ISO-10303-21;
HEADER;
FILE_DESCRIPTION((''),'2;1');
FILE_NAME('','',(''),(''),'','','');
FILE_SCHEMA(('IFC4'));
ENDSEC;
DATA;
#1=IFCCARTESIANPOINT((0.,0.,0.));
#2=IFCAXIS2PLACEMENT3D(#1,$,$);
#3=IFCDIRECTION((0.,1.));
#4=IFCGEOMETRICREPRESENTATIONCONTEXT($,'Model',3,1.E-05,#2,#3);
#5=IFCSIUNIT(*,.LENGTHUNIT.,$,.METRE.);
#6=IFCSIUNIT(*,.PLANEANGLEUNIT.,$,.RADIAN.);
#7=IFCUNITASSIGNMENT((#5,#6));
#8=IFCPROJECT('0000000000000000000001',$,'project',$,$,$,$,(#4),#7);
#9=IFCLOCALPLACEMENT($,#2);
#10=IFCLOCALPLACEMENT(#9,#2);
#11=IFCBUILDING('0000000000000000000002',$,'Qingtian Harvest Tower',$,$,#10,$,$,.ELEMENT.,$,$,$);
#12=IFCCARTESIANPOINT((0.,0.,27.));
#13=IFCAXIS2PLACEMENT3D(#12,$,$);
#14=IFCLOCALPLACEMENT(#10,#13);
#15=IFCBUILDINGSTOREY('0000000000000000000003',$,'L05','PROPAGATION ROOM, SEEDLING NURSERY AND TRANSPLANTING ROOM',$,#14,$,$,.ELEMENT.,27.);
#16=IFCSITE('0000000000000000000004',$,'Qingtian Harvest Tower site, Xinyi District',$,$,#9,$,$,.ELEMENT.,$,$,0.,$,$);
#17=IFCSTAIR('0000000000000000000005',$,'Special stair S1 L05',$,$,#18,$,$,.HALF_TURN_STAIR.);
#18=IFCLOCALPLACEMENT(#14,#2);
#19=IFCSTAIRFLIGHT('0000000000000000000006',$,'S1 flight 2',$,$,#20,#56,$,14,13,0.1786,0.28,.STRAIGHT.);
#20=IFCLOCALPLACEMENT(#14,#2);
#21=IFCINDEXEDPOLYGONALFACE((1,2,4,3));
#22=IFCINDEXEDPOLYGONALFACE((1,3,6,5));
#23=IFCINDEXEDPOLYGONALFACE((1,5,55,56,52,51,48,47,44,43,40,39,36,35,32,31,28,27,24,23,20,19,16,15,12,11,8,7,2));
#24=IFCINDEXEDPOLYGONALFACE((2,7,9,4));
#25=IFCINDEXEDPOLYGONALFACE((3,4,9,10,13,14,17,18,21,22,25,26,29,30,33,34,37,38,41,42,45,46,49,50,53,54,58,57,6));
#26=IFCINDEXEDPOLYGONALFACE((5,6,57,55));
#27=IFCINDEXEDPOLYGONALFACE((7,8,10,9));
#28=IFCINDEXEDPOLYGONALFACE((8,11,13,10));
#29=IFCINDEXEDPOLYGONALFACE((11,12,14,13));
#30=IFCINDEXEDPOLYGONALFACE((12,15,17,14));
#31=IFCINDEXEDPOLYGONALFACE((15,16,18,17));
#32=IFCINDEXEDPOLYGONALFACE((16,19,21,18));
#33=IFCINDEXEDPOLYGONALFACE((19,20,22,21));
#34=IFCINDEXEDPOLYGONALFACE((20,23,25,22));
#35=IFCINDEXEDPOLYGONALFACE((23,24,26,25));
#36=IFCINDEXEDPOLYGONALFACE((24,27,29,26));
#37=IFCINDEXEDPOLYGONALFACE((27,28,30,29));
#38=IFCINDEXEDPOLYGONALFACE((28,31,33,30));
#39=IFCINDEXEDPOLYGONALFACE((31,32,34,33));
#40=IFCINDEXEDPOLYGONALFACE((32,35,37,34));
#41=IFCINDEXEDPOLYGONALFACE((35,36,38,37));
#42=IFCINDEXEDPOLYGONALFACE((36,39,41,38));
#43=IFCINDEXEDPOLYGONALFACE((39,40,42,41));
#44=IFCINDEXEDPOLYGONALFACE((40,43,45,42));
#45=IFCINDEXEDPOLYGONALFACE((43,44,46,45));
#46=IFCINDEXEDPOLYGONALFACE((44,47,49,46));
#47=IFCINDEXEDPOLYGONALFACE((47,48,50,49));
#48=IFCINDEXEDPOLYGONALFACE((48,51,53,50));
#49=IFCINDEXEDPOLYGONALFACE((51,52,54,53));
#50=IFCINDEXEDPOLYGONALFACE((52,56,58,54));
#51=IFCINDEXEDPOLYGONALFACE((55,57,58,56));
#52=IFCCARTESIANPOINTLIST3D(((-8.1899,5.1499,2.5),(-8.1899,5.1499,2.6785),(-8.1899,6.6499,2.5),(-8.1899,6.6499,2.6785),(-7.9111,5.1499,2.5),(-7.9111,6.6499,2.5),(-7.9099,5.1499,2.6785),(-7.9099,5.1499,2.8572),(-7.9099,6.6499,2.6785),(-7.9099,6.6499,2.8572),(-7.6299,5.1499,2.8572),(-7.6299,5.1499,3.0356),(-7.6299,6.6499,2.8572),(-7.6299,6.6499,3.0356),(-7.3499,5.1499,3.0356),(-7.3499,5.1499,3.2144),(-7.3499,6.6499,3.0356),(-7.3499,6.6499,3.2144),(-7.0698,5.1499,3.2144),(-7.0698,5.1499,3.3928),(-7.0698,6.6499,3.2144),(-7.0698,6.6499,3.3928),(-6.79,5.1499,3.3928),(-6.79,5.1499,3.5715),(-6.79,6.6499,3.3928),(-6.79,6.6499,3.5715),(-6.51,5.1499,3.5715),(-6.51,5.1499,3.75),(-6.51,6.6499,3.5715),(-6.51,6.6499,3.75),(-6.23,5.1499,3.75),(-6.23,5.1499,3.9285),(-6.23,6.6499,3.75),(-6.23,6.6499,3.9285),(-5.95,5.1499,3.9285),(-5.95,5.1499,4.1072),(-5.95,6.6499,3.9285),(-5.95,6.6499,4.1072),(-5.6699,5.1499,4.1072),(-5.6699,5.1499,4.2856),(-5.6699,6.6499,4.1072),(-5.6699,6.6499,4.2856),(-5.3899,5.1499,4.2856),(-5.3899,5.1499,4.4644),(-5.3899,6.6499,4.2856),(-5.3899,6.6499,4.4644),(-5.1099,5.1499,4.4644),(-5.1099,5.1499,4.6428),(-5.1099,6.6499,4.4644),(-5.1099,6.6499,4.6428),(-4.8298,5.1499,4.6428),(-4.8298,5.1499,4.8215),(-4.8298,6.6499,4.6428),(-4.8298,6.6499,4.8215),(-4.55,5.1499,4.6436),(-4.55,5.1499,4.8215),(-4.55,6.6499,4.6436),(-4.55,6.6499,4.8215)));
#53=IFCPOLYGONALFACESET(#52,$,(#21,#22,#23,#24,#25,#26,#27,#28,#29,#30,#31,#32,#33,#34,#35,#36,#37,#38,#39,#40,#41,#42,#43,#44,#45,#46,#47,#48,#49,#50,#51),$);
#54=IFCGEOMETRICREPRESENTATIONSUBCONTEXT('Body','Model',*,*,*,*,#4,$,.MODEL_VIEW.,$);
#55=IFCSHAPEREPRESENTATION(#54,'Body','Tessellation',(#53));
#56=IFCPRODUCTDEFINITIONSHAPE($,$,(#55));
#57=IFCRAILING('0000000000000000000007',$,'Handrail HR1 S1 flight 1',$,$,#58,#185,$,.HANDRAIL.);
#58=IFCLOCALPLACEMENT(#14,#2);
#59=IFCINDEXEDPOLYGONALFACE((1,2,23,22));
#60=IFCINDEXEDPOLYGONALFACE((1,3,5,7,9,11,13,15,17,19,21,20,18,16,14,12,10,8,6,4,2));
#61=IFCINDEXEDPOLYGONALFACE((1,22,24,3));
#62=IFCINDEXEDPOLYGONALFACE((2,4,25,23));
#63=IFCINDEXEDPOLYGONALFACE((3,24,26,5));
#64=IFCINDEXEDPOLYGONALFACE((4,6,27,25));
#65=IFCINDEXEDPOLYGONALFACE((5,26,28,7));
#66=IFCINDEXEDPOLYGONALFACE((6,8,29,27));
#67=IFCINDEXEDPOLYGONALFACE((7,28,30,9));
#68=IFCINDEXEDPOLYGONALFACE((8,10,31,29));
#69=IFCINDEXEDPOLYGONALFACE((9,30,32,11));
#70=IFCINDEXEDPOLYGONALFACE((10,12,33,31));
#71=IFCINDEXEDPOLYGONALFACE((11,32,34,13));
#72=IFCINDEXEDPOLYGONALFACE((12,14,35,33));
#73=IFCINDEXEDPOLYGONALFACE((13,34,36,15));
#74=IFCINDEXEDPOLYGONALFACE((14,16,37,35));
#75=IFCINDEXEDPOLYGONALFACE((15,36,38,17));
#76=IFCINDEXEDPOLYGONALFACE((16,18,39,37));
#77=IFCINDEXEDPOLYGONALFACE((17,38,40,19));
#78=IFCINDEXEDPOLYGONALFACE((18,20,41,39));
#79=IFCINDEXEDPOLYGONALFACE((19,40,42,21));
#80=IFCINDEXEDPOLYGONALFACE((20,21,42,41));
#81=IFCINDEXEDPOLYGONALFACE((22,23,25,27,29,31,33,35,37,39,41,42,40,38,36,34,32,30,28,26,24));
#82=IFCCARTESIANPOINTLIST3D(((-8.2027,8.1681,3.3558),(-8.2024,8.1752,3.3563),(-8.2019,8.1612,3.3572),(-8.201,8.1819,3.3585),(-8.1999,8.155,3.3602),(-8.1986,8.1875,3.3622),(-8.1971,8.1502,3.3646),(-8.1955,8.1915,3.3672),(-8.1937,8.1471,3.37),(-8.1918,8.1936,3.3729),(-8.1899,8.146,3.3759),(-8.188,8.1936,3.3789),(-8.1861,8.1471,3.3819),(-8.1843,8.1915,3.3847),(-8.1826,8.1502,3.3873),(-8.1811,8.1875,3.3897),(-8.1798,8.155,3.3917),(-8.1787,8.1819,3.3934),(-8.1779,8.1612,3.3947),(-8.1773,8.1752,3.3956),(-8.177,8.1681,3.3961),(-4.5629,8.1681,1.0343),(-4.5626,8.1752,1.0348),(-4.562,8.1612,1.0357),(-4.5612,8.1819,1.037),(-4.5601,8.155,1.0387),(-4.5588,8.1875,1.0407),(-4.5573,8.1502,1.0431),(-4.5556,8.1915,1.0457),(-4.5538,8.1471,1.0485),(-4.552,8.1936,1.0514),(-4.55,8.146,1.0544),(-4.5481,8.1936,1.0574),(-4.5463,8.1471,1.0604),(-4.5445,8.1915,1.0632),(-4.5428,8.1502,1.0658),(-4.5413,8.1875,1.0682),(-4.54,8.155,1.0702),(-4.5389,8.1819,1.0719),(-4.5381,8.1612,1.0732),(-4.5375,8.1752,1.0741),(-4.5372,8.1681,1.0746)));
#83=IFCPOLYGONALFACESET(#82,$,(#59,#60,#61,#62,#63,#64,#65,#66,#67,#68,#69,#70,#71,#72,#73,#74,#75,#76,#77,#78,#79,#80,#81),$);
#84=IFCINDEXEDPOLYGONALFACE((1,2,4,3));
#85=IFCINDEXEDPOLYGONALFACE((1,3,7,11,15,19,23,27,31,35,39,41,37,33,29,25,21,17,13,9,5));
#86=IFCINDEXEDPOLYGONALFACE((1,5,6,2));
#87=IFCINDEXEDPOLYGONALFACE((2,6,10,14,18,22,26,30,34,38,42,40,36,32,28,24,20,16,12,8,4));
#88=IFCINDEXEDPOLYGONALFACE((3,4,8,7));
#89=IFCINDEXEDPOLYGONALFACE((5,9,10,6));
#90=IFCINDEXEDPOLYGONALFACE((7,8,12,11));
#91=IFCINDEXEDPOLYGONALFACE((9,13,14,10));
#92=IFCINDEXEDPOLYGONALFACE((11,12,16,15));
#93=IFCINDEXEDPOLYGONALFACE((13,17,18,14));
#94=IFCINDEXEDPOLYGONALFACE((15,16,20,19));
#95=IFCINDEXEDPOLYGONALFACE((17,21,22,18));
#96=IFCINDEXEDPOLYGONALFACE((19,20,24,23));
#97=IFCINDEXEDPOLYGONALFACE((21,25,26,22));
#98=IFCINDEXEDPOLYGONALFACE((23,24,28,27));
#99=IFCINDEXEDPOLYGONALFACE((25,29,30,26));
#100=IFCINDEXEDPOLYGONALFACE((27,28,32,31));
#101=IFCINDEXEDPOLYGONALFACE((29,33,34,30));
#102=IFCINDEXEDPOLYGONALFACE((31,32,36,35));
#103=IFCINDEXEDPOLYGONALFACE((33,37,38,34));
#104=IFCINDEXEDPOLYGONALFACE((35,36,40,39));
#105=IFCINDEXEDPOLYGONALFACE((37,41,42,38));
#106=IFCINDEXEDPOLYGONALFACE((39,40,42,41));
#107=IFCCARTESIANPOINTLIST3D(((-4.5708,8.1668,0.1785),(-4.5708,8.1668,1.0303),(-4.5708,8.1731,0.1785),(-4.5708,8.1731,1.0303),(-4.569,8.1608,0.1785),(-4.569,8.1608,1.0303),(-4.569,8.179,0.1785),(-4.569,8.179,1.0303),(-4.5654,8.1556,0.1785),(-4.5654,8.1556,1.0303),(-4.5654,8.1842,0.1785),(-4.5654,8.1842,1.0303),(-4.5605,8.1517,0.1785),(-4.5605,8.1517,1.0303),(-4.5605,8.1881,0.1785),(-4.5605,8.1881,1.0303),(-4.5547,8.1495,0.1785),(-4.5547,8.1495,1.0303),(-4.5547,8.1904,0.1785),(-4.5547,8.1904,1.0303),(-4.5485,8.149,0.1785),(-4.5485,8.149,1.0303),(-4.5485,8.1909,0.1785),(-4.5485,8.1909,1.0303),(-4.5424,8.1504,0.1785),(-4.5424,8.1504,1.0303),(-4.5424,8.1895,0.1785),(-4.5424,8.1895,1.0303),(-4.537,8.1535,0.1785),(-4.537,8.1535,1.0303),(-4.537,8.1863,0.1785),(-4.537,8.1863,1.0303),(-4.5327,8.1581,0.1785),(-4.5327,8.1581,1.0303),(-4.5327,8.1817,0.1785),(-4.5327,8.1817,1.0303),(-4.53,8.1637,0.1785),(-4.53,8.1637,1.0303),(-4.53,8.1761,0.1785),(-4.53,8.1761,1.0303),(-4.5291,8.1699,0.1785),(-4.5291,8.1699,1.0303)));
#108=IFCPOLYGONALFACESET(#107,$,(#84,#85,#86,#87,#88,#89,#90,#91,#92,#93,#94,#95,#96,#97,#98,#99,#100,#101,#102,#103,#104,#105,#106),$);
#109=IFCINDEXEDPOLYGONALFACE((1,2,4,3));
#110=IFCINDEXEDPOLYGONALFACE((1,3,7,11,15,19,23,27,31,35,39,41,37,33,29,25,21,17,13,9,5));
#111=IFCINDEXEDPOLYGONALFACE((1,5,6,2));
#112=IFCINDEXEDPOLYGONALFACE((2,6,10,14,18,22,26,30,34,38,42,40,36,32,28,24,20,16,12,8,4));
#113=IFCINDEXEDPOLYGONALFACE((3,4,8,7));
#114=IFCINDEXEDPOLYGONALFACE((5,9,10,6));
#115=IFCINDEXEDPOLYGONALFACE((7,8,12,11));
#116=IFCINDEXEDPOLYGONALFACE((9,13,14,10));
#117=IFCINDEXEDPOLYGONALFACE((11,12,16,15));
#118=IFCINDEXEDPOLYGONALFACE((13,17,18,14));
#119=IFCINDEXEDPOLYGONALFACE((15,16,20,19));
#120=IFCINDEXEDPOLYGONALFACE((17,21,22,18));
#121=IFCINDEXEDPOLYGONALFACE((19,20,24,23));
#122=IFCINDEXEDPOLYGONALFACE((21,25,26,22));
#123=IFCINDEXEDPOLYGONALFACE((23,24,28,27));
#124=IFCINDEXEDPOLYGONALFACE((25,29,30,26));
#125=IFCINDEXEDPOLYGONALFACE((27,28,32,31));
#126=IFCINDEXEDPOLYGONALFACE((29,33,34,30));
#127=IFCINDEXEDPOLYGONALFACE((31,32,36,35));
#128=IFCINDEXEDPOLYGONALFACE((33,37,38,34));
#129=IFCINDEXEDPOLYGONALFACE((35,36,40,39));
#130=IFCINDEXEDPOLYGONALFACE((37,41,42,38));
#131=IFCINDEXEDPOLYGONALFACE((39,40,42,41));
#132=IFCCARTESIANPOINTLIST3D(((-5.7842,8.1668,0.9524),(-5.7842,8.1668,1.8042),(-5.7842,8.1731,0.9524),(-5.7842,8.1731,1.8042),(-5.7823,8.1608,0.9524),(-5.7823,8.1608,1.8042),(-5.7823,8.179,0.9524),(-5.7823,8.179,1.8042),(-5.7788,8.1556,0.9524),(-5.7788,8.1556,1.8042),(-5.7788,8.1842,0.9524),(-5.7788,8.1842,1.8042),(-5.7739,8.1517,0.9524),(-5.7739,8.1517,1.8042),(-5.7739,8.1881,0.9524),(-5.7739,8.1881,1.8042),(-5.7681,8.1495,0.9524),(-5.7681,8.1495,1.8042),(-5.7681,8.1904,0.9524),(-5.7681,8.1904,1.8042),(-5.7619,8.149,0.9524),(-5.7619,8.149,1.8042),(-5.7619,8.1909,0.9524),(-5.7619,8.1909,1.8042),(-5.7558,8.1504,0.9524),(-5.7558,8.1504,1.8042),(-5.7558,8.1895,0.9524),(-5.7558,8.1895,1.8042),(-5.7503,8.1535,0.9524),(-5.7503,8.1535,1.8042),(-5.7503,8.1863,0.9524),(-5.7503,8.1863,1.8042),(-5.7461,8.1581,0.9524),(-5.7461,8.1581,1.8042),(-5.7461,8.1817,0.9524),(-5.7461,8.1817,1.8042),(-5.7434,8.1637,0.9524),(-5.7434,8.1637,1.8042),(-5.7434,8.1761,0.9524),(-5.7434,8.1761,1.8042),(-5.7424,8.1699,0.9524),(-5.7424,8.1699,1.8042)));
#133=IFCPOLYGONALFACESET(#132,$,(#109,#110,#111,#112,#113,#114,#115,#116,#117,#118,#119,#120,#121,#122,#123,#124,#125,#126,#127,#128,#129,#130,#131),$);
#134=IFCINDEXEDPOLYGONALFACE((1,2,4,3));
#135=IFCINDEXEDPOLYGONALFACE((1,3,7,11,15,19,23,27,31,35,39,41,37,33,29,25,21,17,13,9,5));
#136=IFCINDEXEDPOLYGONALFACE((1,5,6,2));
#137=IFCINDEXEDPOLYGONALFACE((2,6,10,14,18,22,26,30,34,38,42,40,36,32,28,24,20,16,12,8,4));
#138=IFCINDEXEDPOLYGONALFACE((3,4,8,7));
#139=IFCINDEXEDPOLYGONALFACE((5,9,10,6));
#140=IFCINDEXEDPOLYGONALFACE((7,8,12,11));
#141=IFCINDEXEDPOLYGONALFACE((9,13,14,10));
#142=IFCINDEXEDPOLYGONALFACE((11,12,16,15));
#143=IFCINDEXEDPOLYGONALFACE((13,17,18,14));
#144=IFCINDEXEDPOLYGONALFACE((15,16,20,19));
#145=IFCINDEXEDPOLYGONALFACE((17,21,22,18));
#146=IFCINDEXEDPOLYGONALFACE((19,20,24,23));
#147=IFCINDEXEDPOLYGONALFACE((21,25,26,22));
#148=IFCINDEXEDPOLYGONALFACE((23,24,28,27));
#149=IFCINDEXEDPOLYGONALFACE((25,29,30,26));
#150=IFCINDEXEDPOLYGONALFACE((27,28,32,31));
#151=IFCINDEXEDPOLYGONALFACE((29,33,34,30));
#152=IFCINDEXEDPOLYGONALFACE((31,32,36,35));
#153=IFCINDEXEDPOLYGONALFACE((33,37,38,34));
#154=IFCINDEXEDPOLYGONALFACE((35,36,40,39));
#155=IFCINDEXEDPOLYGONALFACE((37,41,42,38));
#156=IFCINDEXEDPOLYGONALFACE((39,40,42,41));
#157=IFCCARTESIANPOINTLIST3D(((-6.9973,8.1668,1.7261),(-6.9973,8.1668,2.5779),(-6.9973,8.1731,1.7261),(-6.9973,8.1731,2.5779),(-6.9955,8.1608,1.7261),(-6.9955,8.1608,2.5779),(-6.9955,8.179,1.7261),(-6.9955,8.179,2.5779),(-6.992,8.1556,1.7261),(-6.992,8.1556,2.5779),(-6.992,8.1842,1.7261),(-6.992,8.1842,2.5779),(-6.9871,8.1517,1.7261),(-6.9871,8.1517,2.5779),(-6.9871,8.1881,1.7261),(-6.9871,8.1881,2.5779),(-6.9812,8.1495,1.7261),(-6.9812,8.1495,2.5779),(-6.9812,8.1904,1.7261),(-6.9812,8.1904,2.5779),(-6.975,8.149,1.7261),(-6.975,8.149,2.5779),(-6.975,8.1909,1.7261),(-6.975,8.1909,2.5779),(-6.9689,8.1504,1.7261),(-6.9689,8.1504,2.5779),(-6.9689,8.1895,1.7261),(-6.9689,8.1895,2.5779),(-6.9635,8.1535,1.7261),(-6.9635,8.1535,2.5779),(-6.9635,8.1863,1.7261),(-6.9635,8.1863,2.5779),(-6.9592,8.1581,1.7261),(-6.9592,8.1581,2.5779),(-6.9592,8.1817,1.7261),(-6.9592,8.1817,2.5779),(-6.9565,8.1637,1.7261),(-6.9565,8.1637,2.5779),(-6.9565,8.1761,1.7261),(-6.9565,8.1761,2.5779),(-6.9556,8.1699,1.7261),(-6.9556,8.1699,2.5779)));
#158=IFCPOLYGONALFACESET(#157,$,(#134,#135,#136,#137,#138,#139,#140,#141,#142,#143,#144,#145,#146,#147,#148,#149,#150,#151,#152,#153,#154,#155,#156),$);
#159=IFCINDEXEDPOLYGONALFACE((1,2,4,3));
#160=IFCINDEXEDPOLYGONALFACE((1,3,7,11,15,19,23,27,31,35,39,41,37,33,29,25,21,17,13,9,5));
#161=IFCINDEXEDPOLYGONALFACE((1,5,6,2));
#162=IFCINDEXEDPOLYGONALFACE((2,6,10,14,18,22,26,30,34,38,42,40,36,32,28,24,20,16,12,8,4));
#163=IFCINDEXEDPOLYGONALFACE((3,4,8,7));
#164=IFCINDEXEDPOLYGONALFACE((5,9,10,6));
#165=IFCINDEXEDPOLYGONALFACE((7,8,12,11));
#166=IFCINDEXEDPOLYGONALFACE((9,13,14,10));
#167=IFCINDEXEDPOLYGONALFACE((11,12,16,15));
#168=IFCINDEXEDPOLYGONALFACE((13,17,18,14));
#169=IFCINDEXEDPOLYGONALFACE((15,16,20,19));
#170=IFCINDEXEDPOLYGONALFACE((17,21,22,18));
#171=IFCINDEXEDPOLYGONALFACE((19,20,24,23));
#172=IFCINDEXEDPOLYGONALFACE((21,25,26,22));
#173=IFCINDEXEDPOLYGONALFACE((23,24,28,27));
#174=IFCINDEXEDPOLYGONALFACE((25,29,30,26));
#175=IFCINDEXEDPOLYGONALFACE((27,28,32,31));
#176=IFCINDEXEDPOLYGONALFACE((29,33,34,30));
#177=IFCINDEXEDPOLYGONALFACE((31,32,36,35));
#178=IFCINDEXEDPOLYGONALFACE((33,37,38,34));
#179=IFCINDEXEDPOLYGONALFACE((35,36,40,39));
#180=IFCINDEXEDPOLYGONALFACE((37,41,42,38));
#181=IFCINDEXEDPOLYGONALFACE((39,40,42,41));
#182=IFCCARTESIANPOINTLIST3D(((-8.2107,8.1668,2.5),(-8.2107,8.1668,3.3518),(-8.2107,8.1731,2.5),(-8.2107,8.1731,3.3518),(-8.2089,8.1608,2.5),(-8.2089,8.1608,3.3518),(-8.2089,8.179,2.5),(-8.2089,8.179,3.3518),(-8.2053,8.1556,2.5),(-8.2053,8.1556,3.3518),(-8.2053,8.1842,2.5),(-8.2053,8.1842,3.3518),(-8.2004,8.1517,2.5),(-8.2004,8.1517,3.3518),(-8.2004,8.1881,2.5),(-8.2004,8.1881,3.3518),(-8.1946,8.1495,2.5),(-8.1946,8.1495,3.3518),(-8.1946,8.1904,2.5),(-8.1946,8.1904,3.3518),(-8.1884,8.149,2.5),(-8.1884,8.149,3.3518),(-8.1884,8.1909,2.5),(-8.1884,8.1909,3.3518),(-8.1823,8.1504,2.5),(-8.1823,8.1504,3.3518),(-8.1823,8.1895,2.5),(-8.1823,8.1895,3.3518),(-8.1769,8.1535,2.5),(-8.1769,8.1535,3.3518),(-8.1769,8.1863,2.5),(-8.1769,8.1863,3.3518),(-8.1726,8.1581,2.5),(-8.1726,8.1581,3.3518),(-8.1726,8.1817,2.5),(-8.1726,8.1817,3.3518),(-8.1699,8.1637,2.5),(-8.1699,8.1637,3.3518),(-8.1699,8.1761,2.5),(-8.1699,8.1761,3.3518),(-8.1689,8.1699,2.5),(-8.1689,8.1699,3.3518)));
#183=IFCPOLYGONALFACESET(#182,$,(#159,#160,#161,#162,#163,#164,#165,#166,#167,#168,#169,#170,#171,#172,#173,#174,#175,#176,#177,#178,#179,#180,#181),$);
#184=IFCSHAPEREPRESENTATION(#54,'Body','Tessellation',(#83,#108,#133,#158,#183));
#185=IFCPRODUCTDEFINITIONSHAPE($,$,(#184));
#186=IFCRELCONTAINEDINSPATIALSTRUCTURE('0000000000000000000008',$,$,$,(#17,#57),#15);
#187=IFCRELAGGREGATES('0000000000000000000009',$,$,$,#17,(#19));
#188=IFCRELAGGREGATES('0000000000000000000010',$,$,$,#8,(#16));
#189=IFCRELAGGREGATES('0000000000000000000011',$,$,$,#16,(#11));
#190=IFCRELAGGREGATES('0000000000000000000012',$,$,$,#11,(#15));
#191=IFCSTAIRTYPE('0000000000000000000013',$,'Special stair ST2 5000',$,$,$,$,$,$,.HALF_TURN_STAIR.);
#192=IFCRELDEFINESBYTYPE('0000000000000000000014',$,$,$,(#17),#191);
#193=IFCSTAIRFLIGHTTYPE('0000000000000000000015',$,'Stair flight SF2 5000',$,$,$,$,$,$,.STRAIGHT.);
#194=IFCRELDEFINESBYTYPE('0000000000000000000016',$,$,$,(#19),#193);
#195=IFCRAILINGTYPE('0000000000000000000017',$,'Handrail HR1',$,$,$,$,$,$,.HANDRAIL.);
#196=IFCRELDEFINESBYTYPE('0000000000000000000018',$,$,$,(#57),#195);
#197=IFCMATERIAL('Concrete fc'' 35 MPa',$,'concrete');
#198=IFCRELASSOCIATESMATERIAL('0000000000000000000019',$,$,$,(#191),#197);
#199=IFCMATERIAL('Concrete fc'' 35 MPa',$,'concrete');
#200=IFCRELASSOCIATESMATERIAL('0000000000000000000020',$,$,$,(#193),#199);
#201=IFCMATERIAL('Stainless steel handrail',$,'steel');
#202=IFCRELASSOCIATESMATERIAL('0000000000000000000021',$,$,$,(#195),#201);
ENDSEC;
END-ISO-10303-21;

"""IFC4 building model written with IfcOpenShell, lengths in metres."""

from ifc_helpers import new_model, si_unit, direction, frame, origin, origin_2d, place, context, subcontext, project, spatial, polyline, circle, outline, extrude, material, type_object, element, aggregate, save


model = new_model("IFC4")

# Units and contexts
model_context = context("Model", 3, precision=1e-05, world=origin(), true_north=direction((0.0, 1.0)))
body_context = subcontext(model_context, "Body", "Model", "MODEL_VIEW")
ifc_project = project(units=[si_unit("LENGTHUNIT", "METRE"), si_unit("PLANEANGLEUNIT", "RADIAN")], contexts=[model_context])

# Site, building, storey
site_placement = place(None, origin())
site = spatial("IfcSite", under=ifc_project, at=site_placement, Name="Qingtian Harvest Tower site, Xinyi District", CompositionType="ELEMENT", RefElevation=0.0)
building_placement = place(site_placement, origin())
building = spatial("IfcBuilding", under=site, at=building_placement, Name="Qingtian Harvest Tower", CompositionType="ELEMENT")
storey_placement = place(building_placement, frame((0.0, 0.0, 27.0)))
storey = spatial("IfcBuildingStorey", under=building, at=storey_placement, Name="L05", Description="PROPAGATION ROOM, SEEDLING NURSERY AND TRANSPLANTING ROOM", CompositionType="ELEMENT", Elevation=27.0)

# Stair, stair flight
ifc_material_1 = material(Name="Concrete fc' 35 MPa", Category="concrete")
stair_type = type_object("IfcStairType", Name="Special stair ST2 5000", PredefinedType="HALF_TURN_STAIR", material=ifc_material_1)
stair_placement = place(storey_placement, origin())
stair = element("IfcStair", 1, at=stair_placement, inside=storey, type_object=stair_type, Name="Special stair S1 L05", PredefinedType="HALF_TURN_STAIR")
ifc_material_2 = material(Name="Concrete fc' 35 MPa", Category="concrete")
stair_flight_type = type_object("IfcStairFlightType", Name="Stair flight SF2 5000", PredefinedType="STRAIGHT", material=ifc_material_2)
stair_flight_1_placement = place(storey_placement, frame((-8.1899, 5.8999, 2.5), z_axis=(0.0, 0.0, 1.0), x_axis=(1.0, 0.0, 0.0)))
stair_flight_1 = element("IfcStairFlight", 2, at=stair_flight_1_placement, type_object=stair_flight_type, Name="S1 flight 2", NumberOfRisers=14, NumberOfTreads=13, PredefinedType="STRAIGHT", RiserHeight=0.1786, TreadLength=0.28, context=body_context, shape_type="SweptSolid", body=[
    extrude(outline(polyline([(0.0, 0.0), (0.0, 0.1785), (0.28, 0.1785), (0.28, 0.3572), (0.5601, 0.3572), (0.5601, 0.5356), (0.8401, 0.5356), (0.8401, 0.7144), (1.1201, 0.7144), (1.1201, 0.8928), (1.3999, 0.8928), (1.3999, 1.0715), (1.6799, 1.0715), (1.6799, 1.25), (1.96, 1.25), (1.96, 1.4285), (2.24, 1.4285), (2.24, 1.6072), (2.52, 1.6072), (2.52, 1.7856), (2.8, 1.7856), (2.8, 1.9644), (3.0801, 1.9644), (3.0801, 2.1428), (3.3601, 2.1428), (3.3601, 2.3215), (3.6399, 2.3215), (3.6399, 2.5), (3.6399, 2.1436), (0.2788, 0.0), (0.0, 0.0)])), frame((0.0, 0.75, 0.0), z_axis=(0.0, -1.0, 0.0), x_axis=(1.0, 0.0, 0.0)), (0.0, 0.0, 1.0), 1.5),
])
aggregate(stair, [stair_flight_1])

# Railing
ifc_material_3 = material(Name="Stainless steel handrail", Category="steel")
railing_type = type_object("IfcRailingType", Name="Handrail HR1", PredefinedType="HANDRAIL", material=ifc_material_3)
railing_1_placement = place(storey_placement, frame((-4.55, 8.1699, 0.1785)))
element("IfcRailing", 3, at=railing_1_placement, inside=storey, type_object=railing_type, Name="Handrail HR1 S1 flight 1", PredefinedType="HANDRAIL", context=body_context, shape_type="SweptSolid", body=[
    extrude(circle(Radius=0.0239, at=origin_2d()), frame((0.0, 0.0, 0.876), z_axis=(-0.843112, 0.0, 0.537739), x_axis=(0.0, -1.0, 0.0)), (0.0, 0.0, 1.0), 4.3171),
    extrude(circle(Radius=0.021, at=origin_2d()), origin(), (0.0, 0.0, 1.0), 0.8518),
    extrude(circle(Radius=0.021, at=origin_2d()), frame((-1.2134, 0.0, 0.7739)), (0.0, 0.0, 1.0), 0.8518),
    extrude(circle(Radius=0.021, at=origin_2d()), frame((-2.4265, 0.0, 1.5476)), (0.0, 0.0, 1.0), 0.8518),
    extrude(circle(Radius=0.021, at=origin_2d()), frame((-3.6399, 0.0, 2.3215)), (0.0, 0.0, 1.0), 0.8518),
])

save(model, "model.ifc")
